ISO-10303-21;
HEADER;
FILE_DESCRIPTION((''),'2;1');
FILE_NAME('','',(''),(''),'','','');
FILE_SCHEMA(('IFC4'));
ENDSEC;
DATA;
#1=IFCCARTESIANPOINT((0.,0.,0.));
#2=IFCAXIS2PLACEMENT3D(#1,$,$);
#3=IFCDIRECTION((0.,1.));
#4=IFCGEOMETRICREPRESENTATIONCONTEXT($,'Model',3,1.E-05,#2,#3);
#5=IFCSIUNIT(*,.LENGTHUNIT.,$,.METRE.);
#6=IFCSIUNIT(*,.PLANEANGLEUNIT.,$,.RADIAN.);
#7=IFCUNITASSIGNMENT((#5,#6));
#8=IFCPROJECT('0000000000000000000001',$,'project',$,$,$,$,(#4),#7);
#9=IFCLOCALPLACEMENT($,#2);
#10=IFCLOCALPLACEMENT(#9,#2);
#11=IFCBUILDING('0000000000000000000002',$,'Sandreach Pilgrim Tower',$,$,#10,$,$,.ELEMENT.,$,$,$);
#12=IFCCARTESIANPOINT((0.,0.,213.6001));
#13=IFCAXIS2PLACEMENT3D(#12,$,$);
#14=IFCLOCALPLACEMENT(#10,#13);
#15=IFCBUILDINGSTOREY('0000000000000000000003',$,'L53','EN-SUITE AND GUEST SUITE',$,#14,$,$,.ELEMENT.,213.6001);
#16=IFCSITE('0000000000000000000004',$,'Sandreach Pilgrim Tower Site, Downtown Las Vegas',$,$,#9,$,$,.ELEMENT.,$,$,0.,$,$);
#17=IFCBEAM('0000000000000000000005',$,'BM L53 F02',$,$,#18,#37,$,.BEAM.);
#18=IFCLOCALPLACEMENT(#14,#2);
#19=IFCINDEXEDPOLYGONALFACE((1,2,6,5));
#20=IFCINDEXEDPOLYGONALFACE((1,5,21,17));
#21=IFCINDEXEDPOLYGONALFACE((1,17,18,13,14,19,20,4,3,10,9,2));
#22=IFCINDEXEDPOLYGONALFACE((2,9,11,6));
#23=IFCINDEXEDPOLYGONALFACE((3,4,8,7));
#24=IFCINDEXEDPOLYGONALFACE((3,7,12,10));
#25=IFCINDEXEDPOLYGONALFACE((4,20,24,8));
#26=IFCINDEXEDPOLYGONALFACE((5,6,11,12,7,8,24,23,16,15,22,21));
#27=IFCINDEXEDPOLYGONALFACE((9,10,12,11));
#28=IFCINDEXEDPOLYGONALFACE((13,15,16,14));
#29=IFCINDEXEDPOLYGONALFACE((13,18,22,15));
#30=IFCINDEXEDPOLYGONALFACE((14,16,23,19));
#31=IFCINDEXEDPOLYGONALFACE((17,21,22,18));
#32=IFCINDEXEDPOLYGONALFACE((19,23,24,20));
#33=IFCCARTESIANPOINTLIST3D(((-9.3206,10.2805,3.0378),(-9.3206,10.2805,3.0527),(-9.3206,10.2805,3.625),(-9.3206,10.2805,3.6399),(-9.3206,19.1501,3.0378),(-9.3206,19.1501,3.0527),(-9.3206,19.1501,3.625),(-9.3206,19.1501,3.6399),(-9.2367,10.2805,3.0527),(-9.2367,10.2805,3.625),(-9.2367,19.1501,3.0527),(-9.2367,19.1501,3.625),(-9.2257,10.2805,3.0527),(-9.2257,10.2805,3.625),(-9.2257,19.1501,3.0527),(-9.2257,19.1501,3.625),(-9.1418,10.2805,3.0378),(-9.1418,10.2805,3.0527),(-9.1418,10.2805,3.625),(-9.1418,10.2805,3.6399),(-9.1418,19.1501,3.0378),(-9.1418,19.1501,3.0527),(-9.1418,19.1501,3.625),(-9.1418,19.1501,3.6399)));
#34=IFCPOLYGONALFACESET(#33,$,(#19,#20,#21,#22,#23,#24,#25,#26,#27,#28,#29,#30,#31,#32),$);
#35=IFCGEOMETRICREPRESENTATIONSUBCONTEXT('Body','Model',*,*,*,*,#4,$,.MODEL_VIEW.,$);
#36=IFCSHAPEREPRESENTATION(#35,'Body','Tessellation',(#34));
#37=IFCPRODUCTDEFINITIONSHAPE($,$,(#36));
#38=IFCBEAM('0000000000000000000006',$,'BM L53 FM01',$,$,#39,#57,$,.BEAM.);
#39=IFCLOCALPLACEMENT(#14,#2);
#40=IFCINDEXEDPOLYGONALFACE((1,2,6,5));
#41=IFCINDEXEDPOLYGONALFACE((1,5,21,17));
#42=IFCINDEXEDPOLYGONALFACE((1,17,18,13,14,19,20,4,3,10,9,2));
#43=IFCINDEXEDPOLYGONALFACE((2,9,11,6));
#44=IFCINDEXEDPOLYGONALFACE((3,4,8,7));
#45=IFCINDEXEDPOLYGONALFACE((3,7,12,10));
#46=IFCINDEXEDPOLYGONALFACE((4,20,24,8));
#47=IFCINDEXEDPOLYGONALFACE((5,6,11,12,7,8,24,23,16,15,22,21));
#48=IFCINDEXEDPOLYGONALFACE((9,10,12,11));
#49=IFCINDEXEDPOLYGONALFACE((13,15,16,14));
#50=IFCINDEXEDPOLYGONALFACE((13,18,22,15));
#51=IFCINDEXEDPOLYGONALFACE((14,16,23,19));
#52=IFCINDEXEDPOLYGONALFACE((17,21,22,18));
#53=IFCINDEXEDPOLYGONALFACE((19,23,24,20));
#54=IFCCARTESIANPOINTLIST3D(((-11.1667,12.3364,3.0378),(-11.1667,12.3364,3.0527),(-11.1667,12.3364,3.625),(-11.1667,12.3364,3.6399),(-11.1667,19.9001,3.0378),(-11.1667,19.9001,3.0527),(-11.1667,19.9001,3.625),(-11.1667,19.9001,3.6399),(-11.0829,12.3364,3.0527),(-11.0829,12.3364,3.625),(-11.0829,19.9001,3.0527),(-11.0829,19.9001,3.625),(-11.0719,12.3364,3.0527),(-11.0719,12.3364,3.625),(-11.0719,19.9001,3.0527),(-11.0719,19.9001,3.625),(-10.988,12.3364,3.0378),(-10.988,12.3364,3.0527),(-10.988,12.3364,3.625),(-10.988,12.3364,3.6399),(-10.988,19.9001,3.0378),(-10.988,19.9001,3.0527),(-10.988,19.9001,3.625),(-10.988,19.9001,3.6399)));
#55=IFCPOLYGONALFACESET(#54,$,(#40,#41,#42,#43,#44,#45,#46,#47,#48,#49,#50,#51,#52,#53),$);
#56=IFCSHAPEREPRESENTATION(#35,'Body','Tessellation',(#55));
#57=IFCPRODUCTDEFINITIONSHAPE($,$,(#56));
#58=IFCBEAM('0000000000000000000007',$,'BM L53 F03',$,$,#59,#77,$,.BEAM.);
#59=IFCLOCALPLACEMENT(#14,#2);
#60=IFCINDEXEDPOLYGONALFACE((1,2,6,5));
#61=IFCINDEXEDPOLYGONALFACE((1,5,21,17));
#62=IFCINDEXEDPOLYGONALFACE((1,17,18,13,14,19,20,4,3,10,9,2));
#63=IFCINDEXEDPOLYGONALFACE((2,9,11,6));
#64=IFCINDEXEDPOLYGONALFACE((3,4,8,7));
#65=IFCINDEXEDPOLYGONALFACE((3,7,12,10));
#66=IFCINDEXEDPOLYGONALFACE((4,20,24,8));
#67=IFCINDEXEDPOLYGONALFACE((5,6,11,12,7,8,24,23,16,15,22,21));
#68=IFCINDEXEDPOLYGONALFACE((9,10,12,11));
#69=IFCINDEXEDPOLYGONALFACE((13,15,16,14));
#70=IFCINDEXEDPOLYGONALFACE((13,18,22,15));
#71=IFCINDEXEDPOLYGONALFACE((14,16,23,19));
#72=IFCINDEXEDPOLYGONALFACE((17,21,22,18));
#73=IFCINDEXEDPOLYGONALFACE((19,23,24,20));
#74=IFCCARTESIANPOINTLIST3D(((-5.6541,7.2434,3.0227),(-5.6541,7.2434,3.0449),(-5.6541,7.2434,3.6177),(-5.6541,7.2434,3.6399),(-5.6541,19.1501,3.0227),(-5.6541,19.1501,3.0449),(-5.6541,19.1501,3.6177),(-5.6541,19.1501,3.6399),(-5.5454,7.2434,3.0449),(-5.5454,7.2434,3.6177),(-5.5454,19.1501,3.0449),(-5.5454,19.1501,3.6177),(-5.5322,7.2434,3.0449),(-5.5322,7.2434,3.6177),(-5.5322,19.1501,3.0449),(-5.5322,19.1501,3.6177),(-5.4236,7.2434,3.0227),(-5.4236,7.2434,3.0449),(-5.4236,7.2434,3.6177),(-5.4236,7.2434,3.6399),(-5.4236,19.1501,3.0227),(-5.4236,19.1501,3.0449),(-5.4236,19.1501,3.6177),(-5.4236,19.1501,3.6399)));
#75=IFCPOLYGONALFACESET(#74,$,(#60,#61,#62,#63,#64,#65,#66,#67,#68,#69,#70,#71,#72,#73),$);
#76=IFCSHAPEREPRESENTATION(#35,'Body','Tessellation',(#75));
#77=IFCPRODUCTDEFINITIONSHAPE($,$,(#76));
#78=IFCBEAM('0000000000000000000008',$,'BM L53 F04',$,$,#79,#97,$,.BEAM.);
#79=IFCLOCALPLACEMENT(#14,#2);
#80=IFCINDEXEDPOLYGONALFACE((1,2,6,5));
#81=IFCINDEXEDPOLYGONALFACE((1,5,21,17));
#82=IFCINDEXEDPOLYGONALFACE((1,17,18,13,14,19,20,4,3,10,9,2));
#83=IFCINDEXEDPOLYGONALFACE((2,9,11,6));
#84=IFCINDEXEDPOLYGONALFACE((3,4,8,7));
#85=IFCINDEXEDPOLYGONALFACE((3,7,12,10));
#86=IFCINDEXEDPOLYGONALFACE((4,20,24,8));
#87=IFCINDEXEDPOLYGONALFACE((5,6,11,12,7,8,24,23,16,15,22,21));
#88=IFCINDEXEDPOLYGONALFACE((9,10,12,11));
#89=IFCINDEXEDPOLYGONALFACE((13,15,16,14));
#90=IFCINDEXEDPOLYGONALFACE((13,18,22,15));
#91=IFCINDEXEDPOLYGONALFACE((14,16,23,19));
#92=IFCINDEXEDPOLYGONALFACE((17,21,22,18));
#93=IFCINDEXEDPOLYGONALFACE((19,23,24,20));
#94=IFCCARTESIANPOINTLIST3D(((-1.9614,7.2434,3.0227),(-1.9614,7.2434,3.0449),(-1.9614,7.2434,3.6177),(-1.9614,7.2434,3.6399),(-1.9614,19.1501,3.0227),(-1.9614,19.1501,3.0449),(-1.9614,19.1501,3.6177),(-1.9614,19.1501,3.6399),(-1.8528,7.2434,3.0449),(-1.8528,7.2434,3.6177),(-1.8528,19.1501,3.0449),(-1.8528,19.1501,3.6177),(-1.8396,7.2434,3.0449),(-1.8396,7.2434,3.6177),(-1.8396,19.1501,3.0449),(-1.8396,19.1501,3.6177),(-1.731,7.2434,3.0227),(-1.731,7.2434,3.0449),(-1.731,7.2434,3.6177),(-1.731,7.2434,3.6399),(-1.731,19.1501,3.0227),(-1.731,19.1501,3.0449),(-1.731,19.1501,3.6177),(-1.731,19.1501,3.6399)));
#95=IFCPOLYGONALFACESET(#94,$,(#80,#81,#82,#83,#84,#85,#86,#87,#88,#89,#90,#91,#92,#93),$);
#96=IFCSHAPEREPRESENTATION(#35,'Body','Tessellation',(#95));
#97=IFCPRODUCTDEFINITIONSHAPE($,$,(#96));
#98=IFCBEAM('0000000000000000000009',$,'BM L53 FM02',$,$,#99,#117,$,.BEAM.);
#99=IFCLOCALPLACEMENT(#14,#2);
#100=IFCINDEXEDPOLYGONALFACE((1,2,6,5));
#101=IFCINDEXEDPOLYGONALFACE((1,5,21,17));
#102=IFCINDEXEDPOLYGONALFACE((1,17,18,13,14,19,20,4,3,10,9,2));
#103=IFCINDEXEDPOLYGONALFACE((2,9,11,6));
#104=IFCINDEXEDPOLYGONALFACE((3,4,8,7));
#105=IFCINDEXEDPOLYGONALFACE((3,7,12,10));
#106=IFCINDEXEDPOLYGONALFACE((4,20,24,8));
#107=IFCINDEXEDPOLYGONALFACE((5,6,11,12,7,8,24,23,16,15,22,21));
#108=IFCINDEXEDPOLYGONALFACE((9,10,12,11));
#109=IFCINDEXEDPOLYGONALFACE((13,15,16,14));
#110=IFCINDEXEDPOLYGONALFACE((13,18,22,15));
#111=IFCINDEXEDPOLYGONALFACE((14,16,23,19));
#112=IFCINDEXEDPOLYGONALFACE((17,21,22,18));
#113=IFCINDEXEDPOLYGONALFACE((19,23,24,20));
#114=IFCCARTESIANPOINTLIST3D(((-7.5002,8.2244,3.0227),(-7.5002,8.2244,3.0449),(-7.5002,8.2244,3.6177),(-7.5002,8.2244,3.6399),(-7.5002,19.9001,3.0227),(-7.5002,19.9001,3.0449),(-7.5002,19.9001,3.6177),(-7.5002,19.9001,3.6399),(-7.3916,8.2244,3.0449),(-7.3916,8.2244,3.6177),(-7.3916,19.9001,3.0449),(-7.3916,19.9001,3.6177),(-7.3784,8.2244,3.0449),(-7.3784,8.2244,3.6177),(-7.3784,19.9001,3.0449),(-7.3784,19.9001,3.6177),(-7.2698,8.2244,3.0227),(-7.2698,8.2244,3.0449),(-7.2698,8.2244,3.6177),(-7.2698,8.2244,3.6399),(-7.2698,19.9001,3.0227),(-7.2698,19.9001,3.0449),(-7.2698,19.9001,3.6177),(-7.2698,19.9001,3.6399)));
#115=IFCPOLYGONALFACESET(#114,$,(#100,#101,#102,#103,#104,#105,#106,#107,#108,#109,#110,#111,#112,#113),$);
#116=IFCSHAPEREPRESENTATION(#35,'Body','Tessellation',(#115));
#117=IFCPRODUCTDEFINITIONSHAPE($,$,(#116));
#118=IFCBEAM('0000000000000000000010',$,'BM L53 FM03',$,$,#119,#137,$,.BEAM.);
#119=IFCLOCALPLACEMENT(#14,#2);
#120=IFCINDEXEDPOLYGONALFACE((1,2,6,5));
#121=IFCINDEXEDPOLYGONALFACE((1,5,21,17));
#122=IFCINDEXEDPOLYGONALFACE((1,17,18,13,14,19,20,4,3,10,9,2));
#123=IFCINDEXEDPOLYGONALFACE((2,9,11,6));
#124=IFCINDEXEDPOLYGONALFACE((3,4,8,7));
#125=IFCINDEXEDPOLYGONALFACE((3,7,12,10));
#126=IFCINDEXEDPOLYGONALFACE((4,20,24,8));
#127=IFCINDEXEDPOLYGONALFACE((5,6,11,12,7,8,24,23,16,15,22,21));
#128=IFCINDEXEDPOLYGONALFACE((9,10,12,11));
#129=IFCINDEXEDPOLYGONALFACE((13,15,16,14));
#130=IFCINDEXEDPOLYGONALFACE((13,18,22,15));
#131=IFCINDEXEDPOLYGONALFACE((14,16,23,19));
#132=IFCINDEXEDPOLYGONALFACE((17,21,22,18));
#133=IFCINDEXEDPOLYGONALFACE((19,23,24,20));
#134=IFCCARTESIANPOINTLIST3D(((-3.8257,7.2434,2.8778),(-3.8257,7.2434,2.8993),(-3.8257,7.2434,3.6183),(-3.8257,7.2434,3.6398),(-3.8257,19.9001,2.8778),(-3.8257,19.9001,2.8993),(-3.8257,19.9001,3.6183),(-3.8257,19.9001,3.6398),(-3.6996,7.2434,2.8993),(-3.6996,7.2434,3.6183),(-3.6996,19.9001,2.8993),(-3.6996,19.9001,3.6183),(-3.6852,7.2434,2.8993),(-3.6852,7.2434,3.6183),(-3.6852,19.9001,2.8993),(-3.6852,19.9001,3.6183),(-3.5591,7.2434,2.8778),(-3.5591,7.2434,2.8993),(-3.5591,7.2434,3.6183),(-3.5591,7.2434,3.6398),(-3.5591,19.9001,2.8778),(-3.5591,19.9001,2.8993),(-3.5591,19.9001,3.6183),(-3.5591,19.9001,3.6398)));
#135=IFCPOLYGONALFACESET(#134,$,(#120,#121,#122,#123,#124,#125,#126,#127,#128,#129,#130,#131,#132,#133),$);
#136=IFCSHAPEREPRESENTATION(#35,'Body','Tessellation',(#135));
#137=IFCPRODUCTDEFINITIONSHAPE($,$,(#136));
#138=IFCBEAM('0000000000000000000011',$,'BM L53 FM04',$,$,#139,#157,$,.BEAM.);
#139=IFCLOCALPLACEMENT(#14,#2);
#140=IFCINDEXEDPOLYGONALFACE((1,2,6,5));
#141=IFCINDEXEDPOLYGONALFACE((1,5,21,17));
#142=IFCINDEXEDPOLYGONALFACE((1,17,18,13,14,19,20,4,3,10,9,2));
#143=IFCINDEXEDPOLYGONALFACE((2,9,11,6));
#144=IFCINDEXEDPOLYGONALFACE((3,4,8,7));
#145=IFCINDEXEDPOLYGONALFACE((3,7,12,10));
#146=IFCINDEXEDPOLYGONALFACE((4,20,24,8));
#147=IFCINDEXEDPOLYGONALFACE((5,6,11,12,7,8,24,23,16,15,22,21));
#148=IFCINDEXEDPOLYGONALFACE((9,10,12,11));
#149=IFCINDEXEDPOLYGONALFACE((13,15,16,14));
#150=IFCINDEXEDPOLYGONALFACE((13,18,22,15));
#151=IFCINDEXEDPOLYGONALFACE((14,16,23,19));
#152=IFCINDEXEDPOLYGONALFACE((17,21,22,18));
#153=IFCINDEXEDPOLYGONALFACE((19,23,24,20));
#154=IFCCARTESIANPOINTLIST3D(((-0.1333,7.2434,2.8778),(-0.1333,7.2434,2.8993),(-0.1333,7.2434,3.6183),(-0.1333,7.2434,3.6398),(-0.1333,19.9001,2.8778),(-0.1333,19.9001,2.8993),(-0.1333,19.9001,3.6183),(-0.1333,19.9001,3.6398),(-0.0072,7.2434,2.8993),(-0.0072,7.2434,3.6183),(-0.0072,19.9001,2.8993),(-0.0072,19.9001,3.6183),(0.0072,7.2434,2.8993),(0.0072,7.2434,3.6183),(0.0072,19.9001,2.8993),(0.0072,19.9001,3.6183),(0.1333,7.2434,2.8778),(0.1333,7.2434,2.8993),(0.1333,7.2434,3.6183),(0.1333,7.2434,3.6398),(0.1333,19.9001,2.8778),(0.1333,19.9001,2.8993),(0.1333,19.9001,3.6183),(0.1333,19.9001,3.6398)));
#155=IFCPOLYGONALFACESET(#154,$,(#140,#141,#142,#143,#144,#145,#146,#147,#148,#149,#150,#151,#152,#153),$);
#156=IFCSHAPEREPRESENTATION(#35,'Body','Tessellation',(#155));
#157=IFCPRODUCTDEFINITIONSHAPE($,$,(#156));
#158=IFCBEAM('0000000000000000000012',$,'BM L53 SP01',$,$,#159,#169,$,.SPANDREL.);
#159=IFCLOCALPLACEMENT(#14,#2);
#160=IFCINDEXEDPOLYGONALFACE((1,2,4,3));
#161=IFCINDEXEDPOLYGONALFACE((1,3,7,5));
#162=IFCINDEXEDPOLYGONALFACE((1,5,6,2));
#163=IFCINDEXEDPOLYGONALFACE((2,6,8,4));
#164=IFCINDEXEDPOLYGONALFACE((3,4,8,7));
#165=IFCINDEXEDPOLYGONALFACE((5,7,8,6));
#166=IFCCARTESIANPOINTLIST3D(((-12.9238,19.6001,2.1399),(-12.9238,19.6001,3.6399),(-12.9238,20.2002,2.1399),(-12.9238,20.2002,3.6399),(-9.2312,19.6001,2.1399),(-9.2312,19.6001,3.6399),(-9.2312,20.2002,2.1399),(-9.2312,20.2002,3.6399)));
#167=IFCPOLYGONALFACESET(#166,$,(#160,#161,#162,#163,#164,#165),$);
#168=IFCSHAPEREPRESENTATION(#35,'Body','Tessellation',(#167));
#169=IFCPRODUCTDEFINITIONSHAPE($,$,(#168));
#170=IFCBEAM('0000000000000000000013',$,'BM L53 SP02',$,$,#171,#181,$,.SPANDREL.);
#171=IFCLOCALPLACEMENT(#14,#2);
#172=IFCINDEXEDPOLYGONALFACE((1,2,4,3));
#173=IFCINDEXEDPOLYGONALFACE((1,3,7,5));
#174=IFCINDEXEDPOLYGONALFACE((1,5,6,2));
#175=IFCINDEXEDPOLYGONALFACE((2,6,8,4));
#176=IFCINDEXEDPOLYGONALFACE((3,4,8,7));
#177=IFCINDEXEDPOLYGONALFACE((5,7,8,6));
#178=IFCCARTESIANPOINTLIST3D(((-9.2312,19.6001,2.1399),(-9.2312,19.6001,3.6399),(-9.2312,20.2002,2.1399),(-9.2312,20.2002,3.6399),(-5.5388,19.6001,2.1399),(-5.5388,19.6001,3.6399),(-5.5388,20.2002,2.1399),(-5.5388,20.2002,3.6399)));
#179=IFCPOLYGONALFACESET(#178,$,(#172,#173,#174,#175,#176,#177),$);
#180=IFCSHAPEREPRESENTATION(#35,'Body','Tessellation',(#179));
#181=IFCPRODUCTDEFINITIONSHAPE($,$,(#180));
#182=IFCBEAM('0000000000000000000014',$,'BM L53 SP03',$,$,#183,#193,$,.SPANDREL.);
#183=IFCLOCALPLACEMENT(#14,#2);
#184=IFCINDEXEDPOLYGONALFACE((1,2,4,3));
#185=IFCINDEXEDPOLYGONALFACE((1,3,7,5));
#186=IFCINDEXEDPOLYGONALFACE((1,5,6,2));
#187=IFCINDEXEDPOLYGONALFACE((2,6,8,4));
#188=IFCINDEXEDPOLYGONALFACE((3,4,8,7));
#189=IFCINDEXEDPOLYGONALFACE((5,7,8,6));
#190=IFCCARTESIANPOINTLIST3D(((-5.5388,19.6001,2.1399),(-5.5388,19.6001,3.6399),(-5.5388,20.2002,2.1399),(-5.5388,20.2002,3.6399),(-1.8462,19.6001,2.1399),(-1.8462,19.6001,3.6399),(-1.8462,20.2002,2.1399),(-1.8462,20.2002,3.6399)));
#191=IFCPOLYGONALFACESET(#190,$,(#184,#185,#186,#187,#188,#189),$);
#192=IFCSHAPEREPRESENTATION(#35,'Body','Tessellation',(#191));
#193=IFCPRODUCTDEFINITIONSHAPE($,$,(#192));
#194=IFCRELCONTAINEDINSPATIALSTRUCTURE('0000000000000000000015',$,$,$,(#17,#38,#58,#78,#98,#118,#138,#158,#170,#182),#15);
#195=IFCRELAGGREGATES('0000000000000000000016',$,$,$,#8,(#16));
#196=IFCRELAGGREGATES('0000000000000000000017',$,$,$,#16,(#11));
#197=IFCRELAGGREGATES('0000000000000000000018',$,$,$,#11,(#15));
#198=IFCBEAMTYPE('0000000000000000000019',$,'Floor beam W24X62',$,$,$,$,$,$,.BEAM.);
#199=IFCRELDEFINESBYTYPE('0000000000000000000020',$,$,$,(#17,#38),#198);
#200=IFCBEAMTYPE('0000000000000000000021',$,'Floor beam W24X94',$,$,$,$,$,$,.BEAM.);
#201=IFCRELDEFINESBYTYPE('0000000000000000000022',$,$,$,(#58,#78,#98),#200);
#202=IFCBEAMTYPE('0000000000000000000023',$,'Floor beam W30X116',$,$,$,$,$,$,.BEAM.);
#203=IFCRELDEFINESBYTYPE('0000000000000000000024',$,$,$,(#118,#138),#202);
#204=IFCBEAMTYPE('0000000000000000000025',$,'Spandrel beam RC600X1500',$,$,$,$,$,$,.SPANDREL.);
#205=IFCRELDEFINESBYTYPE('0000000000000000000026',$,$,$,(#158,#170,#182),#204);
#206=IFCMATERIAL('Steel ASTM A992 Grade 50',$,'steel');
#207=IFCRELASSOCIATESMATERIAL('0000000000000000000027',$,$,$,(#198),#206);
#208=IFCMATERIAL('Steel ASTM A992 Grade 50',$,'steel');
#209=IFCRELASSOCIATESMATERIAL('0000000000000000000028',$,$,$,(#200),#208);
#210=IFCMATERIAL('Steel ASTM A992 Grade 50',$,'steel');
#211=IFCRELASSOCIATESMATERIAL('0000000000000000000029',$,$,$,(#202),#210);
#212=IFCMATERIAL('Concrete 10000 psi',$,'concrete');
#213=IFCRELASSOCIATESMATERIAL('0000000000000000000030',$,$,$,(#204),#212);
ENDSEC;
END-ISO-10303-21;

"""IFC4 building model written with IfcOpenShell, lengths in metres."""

from ifc_helpers import new_model, si_unit, direction, frame, origin, origin_2d, place, context, subcontext, project, spatial, rectangle, i_section, extrude, material, material_profile, profile_set, type_object, element, save


model = new_model("IFC4")

# Units and contexts
model_context = context("Model", 3, precision=1e-05, world=origin(), true_north=direction((0.0, 1.0)))
body_context = subcontext(model_context, "Body", "Model", "MODEL_VIEW")
ifc_project = project(units=[si_unit("LENGTHUNIT", "METRE"), si_unit("PLANEANGLEUNIT", "RADIAN")], contexts=[model_context])

# Site, building, storey
site_placement = place(None, origin())
site = spatial("IfcSite", under=ifc_project, at=site_placement, Name="Sandreach Pilgrim Tower Site, Downtown Las Vegas", CompositionType="ELEMENT", RefElevation=0.0)
building_placement = place(site_placement, origin())
building = spatial("IfcBuilding", under=site, at=building_placement, Name="Sandreach Pilgrim Tower", CompositionType="ELEMENT")
storey_placement = place(building_placement, frame((0.0, 0.0, 213.6001)))
storey = spatial("IfcBuildingStorey", under=building, at=storey_placement, Name="L53", Description="EN-SUITE AND GUEST SUITE", CompositionType="ELEMENT", Elevation=213.6001)

# Beams
ifc_material_1 = material(Name="Steel ASTM A992 Grade 50", Category="steel")
ifc_material_profile_1 = material_profile(ifc_material_1, i_section(OverallWidth=0.1787, OverallDepth=0.6021, WebThickness=0.011, FlangeThickness=0.0149, at=origin_2d()), Name="W24X62")
ifc_profile_set_1 = profile_set([ifc_material_profile_1], Name="Steel ASTM A992 Grade 50")
beam_type_1 = type_object("IfcBeamType", Name="Floor beam W24X62", PredefinedType="BEAM", material=ifc_profile_set_1)
beam_1_placement = place(storey_placement, frame((-9.2312, 19.1501, 3.3389), z_axis=(0.0, -1.0, 0.0), x_axis=(1.0, 0.0, 0.0)))
element("IfcBeam", 1, at=beam_1_placement, inside=storey, type_object=beam_type_1, Name="BM L53 F02", PredefinedType="BEAM", context=body_context, shape_type="SweptSolid", body=[
    extrude(i_section(OverallWidth=0.1787, OverallDepth=0.6021, WebThickness=0.011, FlangeThickness=0.0149, at=origin_2d()), origin(), (0.0, 0.0, 1.0), 8.8696),
])
beam_2_placement = place(storey_placement, frame((-11.0774, 19.9001, 3.3389), z_axis=(0.0, -1.0, 0.0), x_axis=(1.0, 0.0, 0.0)))
element("IfcBeam", 2, at=beam_2_placement, inside=storey, type_object=beam_type_1, Name="BM L53 FM01", PredefinedType="BEAM", context=body_context, shape_type="SweptSolid", body=[
    extrude(i_section(OverallWidth=0.1787, OverallDepth=0.6021, WebThickness=0.011, FlangeThickness=0.0149, at=origin_2d()), origin(), (0.0, 0.0, 1.0), 7.5637),
])
ifc_material_2 = material(Name="Steel ASTM A992 Grade 50", Category="steel")
ifc_material_profile_2 = material_profile(ifc_material_2, i_section(OverallWidth=0.2305, OverallDepth=0.6172, WebThickness=0.0132, FlangeThickness=0.0222, at=origin_2d()), Name="W24X94")
ifc_profile_set_2 = profile_set([ifc_material_profile_2], Name="Steel ASTM A992 Grade 50")
beam_type_2 = type_object("IfcBeamType", Name="Floor beam W24X94", PredefinedType="BEAM", material=ifc_profile_set_2)
for number, where, z_axis, x_axis, name in (
    (3, (-5.5388, 19.1501, 3.3313), (0.0, -1.0, 0.0), (1.0, 0.0, 0.0), "BM L53 F03"),
    (4, (-1.8462, 19.1501, 3.3313), (0.0, -1.0, 0.0), (1.0, 0.0, 0.0), "BM L53 F04"),
):
    element("IfcBeam", number, at=place(storey_placement, frame(where, z_axis=z_axis, x_axis=x_axis)), inside=storey, type_object=beam_type_2, Name=name, PredefinedType="BEAM", context=body_context, shape_type="SweptSolid", body=[
        extrude(i_section(OverallWidth=0.2305, OverallDepth=0.6172, WebThickness=0.0132, FlangeThickness=0.0222, at=origin_2d()), origin(), (0.0, 0.0, 1.0), 11.9067),
    ])
beam_3_placement = place(storey_placement, frame((-7.385, 19.9001, 3.3313), z_axis=(0.0, -1.0, 0.0), x_axis=(1.0, 0.0, 0.0)))
element("IfcBeam", 5, at=beam_3_placement, inside=storey, type_object=beam_type_2, Name="BM L53 FM02", PredefinedType="BEAM", context=body_context, shape_type="SweptSolid", body=[
    extrude(i_section(OverallWidth=0.2305, OverallDepth=0.6172, WebThickness=0.0132, FlangeThickness=0.0222, at=origin_2d()), origin(), (0.0, 0.0, 1.0), 11.6758),
])
ifc_material_3 = material(Name="Steel ASTM A992 Grade 50", Category="steel")
ifc_material_profile_3 = material_profile(ifc_material_3, i_section(OverallWidth=0.2666, OverallDepth=0.762, WebThickness=0.0144, FlangeThickness=0.0215, at=origin_2d()), Name="W30X116")
ifc_profile_set_3 = profile_set([ifc_material_profile_3], Name="Steel ASTM A992 Grade 50")
beam_type_3 = type_object("IfcBeamType", Name="Floor beam W30X116", PredefinedType="BEAM", material=ifc_profile_set_3)
for number, where, z_axis, x_axis, name in (
    (6, (-3.6924, 19.9001, 3.2588), (0.0, -1.0, 0.0), (1.0, 0.0, 0.0), "BM L53 FM03"),
    (7, (0.0, 19.9001, 3.2588), (0.0, -1.0, 0.0), (1.0, 0.0, 0.0), "BM L53 FM04"),
):
    element("IfcBeam", number, at=place(storey_placement, frame(where, z_axis=z_axis, x_axis=x_axis)), inside=storey, type_object=beam_type_3, Name=name, PredefinedType="BEAM", context=body_context, shape_type="SweptSolid", body=[
        extrude(i_section(OverallWidth=0.2666, OverallDepth=0.762, WebThickness=0.0144, FlangeThickness=0.0215, at=origin_2d()), origin(), (0.0, 0.0, 1.0), 12.6567),
    ])
ifc_material_4 = material(Name="Concrete 10000 psi", Category="concrete")
ifc_material_profile_4 = material_profile(ifc_material_4, rectangle(XDim=0.6001, YDim=1.5, at=origin_2d()), Name="RC600X1500")
ifc_profile_set_4 = profile_set([ifc_material_profile_4], Name="Concrete 10000 psi")
beam_type_4 = type_object("IfcBeamType", Name="Spandrel beam RC600X1500", PredefinedType="SPANDREL", material=ifc_profile_set_4)
beam_4_placement = place(storey_placement, frame((-12.9238, 19.9001, 2.8899), z_axis=(1.0, 0.0, 0.0), x_axis=(0.0, 1.0, 0.0)))
element("IfcBeam", 8, at=beam_4_placement, inside=storey, type_object=beam_type_4, Name="BM L53 SP01", PredefinedType="SPANDREL", context=body_context, shape_type="SweptSolid", body=[
    extrude(rectangle(XDim=0.6001, YDim=1.5, at=origin_2d()), origin(), (0.0, 0.0, 1.0), 3.6926),
])
beam_5_placement = place(storey_placement, frame((-9.2312, 19.9001, 2.8899), z_axis=(1.0, 0.0, 0.0), x_axis=(0.0, 1.0, 0.0)))
element("IfcBeam", 9, at=beam_5_placement, inside=storey, type_object=beam_type_4, Name="BM L53 SP02", PredefinedType="SPANDREL", context=body_context, shape_type="SweptSolid", body=[
    extrude(rectangle(XDim=0.6001, YDim=1.5, at=origin_2d()), origin(), (0.0, 0.0, 1.0), 3.6924),
])
beam_6_placement = place(storey_placement, frame((-5.5388, 19.9001, 2.8899), z_axis=(1.0, 0.0, 0.0), x_axis=(0.0, 1.0, 0.0)))
element("IfcBeam", 10, at=beam_6_placement, inside=storey, type_object=beam_type_4, Name="BM L53 SP03", PredefinedType="SPANDREL", context=body_context, shape_type="SweptSolid", body=[
    extrude(rectangle(XDim=0.6001, YDim=1.5, at=origin_2d()), origin(), (0.0, 0.0, 1.0), 3.6926),
])

save(model, "model.ifc")
